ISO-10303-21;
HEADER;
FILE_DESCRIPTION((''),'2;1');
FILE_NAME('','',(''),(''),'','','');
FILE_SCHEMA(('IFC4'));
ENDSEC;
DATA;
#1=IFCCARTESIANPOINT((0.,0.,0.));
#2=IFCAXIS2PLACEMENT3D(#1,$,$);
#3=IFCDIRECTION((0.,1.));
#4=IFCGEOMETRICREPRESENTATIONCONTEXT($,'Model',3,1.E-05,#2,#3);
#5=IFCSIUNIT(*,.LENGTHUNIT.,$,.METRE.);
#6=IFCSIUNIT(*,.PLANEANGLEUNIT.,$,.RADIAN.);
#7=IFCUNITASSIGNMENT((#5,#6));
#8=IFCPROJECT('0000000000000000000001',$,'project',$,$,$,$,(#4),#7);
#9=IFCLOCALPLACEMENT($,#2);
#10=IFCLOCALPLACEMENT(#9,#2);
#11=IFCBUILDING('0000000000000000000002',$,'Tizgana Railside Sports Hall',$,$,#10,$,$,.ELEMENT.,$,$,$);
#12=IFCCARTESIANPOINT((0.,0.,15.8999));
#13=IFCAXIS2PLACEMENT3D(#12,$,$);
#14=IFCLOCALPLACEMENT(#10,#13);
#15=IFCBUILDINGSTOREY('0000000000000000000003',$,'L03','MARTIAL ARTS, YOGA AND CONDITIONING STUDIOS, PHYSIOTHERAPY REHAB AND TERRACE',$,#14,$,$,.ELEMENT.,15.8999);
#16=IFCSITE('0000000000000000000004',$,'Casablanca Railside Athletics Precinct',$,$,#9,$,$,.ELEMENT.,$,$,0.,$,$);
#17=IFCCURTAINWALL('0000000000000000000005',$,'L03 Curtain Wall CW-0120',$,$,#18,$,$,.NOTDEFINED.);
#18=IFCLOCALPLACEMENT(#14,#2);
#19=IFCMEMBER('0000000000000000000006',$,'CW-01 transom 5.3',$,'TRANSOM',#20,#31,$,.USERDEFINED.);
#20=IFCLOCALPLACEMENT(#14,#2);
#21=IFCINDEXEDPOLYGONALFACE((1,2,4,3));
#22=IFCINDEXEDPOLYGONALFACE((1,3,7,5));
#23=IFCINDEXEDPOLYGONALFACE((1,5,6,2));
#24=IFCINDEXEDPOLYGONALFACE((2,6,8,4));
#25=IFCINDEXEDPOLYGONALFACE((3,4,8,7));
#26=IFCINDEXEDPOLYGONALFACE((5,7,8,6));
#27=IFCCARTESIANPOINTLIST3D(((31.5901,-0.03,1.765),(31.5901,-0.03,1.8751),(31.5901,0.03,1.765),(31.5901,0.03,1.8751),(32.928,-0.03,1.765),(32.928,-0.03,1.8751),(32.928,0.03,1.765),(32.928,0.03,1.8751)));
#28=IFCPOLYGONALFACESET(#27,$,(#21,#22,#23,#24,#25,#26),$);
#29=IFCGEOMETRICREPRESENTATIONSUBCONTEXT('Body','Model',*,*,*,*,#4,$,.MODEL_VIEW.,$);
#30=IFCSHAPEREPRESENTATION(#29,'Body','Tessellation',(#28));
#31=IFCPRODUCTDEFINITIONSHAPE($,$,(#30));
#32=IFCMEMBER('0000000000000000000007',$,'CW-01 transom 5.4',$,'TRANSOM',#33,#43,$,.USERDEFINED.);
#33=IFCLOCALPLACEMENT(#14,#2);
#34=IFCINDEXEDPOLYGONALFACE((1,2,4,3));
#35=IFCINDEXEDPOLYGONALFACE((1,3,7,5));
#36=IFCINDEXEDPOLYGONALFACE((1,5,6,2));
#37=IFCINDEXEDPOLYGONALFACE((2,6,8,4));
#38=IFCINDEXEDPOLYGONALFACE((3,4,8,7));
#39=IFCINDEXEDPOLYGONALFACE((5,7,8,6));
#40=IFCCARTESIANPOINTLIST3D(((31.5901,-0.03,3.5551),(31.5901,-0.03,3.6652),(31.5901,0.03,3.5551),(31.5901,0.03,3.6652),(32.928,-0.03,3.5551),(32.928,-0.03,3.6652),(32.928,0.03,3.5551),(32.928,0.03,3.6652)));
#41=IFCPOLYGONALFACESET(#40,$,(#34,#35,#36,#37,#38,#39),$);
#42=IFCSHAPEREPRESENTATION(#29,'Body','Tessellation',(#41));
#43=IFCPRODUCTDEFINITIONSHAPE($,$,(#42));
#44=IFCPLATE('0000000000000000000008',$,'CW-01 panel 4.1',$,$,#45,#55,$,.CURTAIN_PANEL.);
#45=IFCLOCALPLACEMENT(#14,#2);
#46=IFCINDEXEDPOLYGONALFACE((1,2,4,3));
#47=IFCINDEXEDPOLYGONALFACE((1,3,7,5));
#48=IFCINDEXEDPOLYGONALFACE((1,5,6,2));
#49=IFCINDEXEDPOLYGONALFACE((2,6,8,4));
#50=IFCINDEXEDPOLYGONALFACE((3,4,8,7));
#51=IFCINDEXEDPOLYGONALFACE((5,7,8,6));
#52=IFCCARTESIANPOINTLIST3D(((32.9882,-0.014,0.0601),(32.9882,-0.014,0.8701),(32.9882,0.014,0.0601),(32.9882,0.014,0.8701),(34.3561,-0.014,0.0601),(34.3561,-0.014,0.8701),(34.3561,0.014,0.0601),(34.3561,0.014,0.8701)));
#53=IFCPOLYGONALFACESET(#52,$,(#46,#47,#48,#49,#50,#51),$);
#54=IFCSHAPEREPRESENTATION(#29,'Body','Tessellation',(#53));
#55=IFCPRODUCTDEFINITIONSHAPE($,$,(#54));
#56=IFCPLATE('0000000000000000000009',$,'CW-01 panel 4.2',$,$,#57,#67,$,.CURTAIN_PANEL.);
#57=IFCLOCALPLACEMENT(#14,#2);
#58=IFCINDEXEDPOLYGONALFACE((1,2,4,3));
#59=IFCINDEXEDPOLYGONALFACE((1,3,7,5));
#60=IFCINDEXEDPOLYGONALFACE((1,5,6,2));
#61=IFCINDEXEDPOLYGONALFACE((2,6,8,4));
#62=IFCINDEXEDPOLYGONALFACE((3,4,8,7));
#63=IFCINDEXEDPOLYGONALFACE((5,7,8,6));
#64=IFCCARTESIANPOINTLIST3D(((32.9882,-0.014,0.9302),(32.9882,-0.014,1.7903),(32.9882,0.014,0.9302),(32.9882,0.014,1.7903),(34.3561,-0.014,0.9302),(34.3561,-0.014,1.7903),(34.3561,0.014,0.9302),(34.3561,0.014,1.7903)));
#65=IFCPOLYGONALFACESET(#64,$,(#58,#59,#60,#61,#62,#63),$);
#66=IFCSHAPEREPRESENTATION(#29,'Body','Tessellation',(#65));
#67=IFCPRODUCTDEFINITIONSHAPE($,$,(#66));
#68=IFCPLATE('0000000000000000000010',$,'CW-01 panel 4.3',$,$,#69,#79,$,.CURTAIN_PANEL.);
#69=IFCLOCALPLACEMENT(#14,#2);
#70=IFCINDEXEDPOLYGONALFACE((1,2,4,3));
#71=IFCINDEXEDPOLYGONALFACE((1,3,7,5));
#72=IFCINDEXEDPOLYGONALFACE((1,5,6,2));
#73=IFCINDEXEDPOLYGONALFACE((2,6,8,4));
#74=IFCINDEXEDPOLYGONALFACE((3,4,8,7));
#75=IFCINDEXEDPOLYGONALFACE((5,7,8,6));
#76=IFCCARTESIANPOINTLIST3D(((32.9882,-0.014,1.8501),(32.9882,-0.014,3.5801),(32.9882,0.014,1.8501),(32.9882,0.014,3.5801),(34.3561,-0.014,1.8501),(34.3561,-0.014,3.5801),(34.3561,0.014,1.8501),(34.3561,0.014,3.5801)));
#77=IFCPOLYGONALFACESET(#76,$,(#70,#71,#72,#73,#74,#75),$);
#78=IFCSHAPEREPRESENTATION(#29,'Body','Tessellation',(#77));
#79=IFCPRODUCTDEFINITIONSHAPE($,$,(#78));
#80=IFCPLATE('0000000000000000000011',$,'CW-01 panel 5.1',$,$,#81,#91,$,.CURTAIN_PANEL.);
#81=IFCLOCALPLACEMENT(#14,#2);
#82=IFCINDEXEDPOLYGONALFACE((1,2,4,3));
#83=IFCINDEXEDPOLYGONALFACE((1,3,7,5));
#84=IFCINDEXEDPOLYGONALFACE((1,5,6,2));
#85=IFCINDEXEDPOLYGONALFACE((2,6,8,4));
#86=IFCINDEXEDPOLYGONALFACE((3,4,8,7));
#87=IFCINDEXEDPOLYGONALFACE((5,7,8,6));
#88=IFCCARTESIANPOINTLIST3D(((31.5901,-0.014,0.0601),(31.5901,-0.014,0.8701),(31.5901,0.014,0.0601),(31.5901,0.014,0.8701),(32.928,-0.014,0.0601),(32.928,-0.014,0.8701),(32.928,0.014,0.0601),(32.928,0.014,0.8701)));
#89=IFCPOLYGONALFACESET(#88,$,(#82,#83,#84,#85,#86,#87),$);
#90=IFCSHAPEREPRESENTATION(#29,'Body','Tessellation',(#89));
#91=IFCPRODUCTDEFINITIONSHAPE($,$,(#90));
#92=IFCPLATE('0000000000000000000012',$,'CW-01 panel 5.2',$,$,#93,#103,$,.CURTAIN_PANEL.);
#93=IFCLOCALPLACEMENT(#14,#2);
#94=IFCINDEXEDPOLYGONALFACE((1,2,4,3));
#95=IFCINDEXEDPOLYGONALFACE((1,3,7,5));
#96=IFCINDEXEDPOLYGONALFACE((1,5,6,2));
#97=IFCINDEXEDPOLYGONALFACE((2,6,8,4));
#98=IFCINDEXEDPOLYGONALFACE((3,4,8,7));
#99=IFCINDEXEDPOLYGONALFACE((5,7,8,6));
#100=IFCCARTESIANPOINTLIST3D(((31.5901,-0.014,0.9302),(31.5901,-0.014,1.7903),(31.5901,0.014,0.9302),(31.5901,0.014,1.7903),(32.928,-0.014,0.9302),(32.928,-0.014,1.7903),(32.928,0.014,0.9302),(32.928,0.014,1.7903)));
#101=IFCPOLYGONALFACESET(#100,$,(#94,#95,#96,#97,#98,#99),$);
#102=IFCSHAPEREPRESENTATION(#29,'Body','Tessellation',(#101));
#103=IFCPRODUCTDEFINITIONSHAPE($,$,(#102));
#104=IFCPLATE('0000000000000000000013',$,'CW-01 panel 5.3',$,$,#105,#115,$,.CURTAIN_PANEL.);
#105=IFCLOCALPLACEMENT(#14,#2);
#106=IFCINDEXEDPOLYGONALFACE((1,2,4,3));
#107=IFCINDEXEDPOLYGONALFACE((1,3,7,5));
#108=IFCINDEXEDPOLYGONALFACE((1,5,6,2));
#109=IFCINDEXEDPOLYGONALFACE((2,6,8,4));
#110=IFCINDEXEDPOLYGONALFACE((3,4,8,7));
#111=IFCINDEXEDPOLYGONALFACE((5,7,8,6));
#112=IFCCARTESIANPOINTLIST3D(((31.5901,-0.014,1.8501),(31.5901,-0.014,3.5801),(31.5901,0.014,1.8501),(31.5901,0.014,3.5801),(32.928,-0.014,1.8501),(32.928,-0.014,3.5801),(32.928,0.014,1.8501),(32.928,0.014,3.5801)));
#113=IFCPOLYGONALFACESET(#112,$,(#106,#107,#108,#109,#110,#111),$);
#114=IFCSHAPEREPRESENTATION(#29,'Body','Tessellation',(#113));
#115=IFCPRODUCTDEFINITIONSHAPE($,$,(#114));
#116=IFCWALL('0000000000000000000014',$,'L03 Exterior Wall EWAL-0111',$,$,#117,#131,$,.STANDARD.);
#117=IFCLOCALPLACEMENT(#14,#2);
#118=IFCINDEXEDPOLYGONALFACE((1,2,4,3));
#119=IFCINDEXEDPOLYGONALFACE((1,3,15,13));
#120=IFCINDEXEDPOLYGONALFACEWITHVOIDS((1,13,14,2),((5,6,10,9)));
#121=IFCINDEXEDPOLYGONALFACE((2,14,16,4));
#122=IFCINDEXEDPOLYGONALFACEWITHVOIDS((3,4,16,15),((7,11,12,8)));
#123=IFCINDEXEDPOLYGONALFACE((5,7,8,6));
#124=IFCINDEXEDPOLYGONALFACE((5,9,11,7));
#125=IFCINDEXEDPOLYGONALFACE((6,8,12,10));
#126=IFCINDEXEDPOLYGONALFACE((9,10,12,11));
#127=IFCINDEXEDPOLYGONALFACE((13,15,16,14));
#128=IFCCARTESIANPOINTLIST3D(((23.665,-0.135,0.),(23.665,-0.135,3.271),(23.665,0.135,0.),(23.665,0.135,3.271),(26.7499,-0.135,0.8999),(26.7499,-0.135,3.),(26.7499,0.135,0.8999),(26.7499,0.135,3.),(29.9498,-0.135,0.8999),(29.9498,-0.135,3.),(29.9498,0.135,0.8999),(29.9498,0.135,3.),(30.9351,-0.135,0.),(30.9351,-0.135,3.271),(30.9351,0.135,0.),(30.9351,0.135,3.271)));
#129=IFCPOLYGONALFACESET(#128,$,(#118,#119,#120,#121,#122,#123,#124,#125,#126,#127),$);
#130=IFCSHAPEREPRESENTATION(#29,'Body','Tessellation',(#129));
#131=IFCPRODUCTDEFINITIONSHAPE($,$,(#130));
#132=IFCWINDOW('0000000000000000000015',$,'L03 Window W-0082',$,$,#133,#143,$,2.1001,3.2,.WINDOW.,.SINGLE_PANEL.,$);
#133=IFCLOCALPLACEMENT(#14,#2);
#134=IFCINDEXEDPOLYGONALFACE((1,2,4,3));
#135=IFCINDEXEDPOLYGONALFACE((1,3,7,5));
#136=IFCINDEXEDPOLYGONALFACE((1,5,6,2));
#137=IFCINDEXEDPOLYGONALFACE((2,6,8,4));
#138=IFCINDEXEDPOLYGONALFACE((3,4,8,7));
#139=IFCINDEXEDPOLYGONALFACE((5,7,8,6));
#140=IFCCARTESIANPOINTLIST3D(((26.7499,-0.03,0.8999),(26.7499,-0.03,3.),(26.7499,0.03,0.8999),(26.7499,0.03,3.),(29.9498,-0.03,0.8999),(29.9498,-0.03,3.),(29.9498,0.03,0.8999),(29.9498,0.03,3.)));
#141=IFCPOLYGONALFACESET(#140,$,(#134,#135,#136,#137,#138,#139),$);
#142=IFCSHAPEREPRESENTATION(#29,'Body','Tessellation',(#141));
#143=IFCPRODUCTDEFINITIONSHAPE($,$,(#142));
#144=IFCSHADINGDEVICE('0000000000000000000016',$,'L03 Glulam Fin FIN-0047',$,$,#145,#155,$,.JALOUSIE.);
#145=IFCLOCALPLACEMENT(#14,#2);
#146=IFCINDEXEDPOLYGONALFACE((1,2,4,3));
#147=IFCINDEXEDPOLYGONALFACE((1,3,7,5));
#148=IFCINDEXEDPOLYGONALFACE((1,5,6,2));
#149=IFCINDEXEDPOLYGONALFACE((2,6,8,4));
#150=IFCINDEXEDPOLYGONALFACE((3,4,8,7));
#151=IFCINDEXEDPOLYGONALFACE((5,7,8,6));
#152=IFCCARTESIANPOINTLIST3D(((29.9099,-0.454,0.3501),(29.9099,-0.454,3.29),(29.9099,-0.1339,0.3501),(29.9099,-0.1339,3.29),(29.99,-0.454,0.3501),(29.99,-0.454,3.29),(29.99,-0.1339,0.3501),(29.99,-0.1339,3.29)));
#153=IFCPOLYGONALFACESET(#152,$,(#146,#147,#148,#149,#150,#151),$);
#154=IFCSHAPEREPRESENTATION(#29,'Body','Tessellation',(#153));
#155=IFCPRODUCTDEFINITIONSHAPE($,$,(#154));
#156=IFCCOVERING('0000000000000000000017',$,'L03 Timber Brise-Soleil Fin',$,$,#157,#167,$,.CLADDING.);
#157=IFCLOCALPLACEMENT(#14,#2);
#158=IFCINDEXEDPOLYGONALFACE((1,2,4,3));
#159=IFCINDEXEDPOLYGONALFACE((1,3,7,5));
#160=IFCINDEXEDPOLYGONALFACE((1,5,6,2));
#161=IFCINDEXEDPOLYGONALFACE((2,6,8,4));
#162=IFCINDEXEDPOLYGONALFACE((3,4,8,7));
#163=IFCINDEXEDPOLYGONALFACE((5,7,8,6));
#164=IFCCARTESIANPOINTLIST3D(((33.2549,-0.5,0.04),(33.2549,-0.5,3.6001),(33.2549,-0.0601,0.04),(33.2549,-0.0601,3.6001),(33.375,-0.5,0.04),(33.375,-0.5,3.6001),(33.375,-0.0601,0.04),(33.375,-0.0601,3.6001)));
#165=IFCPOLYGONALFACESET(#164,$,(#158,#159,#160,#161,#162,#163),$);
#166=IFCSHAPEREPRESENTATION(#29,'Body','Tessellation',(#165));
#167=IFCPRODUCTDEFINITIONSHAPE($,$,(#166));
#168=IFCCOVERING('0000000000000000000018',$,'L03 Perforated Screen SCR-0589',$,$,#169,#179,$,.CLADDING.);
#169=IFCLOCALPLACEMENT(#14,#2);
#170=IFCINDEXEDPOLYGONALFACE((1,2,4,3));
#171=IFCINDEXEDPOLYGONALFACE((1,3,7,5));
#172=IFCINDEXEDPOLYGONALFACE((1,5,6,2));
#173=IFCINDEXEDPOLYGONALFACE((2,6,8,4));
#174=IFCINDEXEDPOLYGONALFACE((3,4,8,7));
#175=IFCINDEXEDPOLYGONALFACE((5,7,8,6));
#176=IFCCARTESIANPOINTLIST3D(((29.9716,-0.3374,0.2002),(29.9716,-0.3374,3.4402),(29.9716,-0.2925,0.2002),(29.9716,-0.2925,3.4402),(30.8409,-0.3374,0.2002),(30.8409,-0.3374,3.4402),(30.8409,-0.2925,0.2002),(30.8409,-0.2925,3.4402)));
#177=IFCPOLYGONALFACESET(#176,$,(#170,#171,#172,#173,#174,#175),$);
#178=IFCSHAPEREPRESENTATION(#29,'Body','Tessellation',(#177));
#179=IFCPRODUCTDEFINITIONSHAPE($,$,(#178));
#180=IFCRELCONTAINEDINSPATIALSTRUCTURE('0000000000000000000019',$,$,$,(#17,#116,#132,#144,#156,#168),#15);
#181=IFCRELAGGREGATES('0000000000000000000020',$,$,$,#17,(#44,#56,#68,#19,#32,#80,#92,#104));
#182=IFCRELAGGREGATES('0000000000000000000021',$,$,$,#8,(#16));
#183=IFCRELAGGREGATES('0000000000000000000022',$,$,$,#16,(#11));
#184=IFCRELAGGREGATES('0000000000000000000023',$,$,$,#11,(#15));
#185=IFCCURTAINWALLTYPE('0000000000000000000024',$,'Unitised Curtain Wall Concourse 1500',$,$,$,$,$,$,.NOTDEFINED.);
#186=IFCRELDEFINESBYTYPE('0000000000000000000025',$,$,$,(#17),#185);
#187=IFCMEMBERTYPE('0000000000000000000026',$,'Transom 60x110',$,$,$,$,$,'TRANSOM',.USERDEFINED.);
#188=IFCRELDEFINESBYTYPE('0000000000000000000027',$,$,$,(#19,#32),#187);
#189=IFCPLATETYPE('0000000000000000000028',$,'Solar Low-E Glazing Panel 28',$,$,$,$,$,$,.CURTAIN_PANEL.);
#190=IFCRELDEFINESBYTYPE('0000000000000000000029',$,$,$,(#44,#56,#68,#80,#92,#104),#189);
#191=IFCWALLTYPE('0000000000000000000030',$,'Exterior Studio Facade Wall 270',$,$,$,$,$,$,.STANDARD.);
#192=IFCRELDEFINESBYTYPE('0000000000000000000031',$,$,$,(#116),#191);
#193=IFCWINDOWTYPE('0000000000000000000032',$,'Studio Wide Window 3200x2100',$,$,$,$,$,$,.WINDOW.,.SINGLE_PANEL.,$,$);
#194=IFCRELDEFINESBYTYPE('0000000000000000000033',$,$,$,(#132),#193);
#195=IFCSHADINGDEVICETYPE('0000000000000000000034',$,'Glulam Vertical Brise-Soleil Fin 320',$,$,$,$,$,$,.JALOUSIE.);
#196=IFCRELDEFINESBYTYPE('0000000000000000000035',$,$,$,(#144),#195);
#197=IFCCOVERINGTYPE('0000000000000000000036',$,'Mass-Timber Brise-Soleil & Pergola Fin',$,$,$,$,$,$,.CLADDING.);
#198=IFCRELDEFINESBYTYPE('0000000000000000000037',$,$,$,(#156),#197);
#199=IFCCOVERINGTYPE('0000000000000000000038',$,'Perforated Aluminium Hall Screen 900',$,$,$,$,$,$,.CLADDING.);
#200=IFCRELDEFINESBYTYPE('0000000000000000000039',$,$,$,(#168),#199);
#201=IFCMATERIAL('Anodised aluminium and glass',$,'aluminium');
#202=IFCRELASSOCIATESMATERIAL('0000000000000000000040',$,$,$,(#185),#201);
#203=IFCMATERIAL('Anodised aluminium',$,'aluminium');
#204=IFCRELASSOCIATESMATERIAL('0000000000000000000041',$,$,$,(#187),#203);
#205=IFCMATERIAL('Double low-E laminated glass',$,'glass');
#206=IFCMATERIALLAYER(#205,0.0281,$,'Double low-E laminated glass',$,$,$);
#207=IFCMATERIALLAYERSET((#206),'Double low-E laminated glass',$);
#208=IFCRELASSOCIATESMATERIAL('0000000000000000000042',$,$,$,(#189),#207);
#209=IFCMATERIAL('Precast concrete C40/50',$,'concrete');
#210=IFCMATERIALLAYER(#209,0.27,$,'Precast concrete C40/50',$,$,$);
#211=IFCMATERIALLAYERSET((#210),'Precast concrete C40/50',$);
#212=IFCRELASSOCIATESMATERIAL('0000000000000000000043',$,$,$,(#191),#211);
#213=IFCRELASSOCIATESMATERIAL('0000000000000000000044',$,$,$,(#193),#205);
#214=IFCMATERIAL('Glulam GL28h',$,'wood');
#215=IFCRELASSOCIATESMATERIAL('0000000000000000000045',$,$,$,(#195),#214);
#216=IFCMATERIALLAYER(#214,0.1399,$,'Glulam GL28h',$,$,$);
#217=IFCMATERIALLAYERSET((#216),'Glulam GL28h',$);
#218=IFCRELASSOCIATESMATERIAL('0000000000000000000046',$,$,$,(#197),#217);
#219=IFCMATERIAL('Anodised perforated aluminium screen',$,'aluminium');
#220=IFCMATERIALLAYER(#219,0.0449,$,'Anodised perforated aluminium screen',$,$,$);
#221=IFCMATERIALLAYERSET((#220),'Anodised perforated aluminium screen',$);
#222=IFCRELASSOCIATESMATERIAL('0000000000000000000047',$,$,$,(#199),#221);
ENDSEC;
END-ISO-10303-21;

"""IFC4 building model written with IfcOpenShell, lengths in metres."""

from ifc_helpers import new_model, si_unit, direction, frame, frame_2d, origin, origin_2d, place, context, subcontext, project, spatial, rectangle, extrude, material, layer, layer_set, material_profile, profile_set, type_object, element, fill, aggregate, save


model = new_model("IFC4")

# Units and contexts
model_context = context("Model", 3, precision=1e-05, world=origin(), true_north=direction((0.0, 1.0)))
body_context = subcontext(model_context, "Body", "Model", "MODEL_VIEW")
ifc_project = project(units=[si_unit("LENGTHUNIT", "METRE"), si_unit("PLANEANGLEUNIT", "RADIAN")], contexts=[model_context])

# Site, building, storey
site_placement = place(None, origin())
site = spatial("IfcSite", under=ifc_project, at=site_placement, Name="Casablanca Railside Athletics Precinct", CompositionType="ELEMENT", RefElevation=0.0)
building_placement = place(site_placement, origin())
building = spatial("IfcBuilding", under=site, at=building_placement, Name="Tizgana Railside Sports Hall", CompositionType="ELEMENT")
storey_placement = place(building_placement, frame((0.0, 0.0, 15.8999)))
storey = spatial("IfcBuildingStorey", under=building, at=storey_placement, Name="L03", Description="MARTIAL ARTS, YOGA AND CONDITIONING STUDIOS, PHYSIOTHERAPY REHAB AND TERRACE", CompositionType="ELEMENT", Elevation=15.8999)

# Curtain wall
ifc_material_1 = material(Name="Anodised aluminium and glass", Category="aluminium")
curtain_wall_type = type_object("IfcCurtainWallType", Name="Unitised Curtain Wall Concourse 1500", PredefinedType="NOTDEFINED", material=ifc_material_1)
curtain_wall_placement = place(storey_placement, origin())
curtain_wall = element("IfcCurtainWall", 1, at=curtain_wall_placement, inside=storey, type_object=curtain_wall_type, Name="L03 Curtain Wall CW-0120", PredefinedType="NOTDEFINED")
ifc_material_2 = material(Name="Anodised aluminium", Category="aluminium")

# Members
ifc_material_profile_1 = material_profile(ifc_material_2, rectangle(XDim=0.0601, YDim=0.1101, at=origin_2d()), Name="Transom 60x110")
ifc_profile_set_1 = profile_set([ifc_material_profile_1], Name="Anodised aluminium")
member_type_1 = type_object("IfcMemberType", Name="Transom 60x110", ElementType="TRANSOM", PredefinedType="USERDEFINED", material=ifc_profile_set_1)
member_1_placement = place(storey_placement, frame((32.928, 0.0, 1.8201), z_axis=(-1.0, 0.0, 0.0), x_axis=(0.0, -1.0, 0.0)))
member_1 = element("IfcMember", 2, at=member_1_placement, type_object=member_type_1, Name="CW-01 transom 5.3", ObjectType="TRANSOM", PredefinedType="USERDEFINED", context=body_context, shape_type="SweptSolid", body=[
    extrude(rectangle(XDim=0.0601, YDim=0.1101, at=origin_2d()), origin(), (0.0, 0.0, 1.0), 1.3379),
])
member_2_placement = place(storey_placement, frame((32.928, 0.0, 3.6101), z_axis=(-1.0, 0.0, 0.0), x_axis=(0.0, -1.0, 0.0)))
member_2 = element("IfcMember", 3, at=member_2_placement, type_object=member_type_1, Name="CW-01 transom 5.4", ObjectType="TRANSOM", PredefinedType="USERDEFINED", context=body_context, shape_type="SweptSolid", body=[
    extrude(rectangle(XDim=0.0601, YDim=0.1101, at=origin_2d()), origin(), (0.0, 0.0, 1.0), 1.3379),
])

# Plates
ifc_material_3 = material(Name="Double low-E laminated glass", Category="glass")
ifc_layer_1 = layer(ifc_material_3, 0.0281, Name="Double low-E laminated glass")
ifc_layer_set_1 = layer_set([ifc_layer_1], Name="Double low-E laminated glass")
plate_type = type_object("IfcPlateType", Name="Solar Low-E Glazing Panel 28", PredefinedType="CURTAIN_PANEL", material=ifc_layer_set_1)
plate_1_placement = place(storey_placement, frame((33.6721, 0.0, 0.0601), z_axis=(0.0, 0.0, 1.0), x_axis=(-1.0, 0.0, 0.0)))
plate_1 = element("IfcPlate", 4, at=plate_1_placement, type_object=plate_type, Name="CW-01 panel 4.1", PredefinedType="CURTAIN_PANEL", context=body_context, shape_type="SweptSolid", body=[
    extrude(rectangle(XDim=1.3679, YDim=0.0281, at=origin_2d()), origin(), (0.0, 0.0, 1.0), 0.8101),
])
plate_2_placement = place(storey_placement, frame((33.6721, 0.0, 0.9302), z_axis=(0.0, 0.0, 1.0), x_axis=(-1.0, 0.0, 0.0)))
plate_2 = element("IfcPlate", 5, at=plate_2_placement, type_object=plate_type, Name="CW-01 panel 4.2", PredefinedType="CURTAIN_PANEL", context=body_context, shape_type="SweptSolid", body=[
    extrude(rectangle(XDim=1.3679, YDim=0.0281, at=origin_2d()), origin(), (0.0, 0.0, 1.0), 0.8601),
])
plate_3_placement = place(storey_placement, frame((33.6721, 0.0, 1.8501), z_axis=(0.0, 0.0, 1.0), x_axis=(-1.0, 0.0, 0.0)))
plate_3 = element("IfcPlate", 6, at=plate_3_placement, type_object=plate_type, Name="CW-01 panel 4.3", PredefinedType="CURTAIN_PANEL", context=body_context, shape_type="SweptSolid", body=[
    extrude(rectangle(XDim=1.3679, YDim=0.0281, at=origin_2d()), origin(), (0.0, 0.0, 1.0), 1.73),
])
plate_4_placement = place(storey_placement, frame((32.259, 0.0, 0.0601), z_axis=(0.0, 0.0, 1.0), x_axis=(-1.0, 0.0, 0.0)))
plate_4 = element("IfcPlate", 7, at=plate_4_placement, type_object=plate_type, Name="CW-01 panel 5.1", PredefinedType="CURTAIN_PANEL", context=body_context, shape_type="SweptSolid", body=[
    extrude(rectangle(XDim=1.3379, YDim=0.0281, at=origin_2d()), origin(), (0.0, 0.0, 1.0), 0.8101),
])
plate_5_placement = place(storey_placement, frame((32.259, 0.0, 0.9302), z_axis=(0.0, 0.0, 1.0), x_axis=(-1.0, 0.0, 0.0)))
plate_5 = element("IfcPlate", 8, at=plate_5_placement, type_object=plate_type, Name="CW-01 panel 5.2", PredefinedType="CURTAIN_PANEL", context=body_context, shape_type="SweptSolid", body=[
    extrude(rectangle(XDim=1.3379, YDim=0.0281, at=origin_2d()), origin(), (0.0, 0.0, 1.0), 0.8601),
])
plate_6_placement = place(storey_placement, frame((32.259, 0.0, 1.8501), z_axis=(0.0, 0.0, 1.0), x_axis=(-1.0, 0.0, 0.0)))
plate_6 = element("IfcPlate", 9, at=plate_6_placement, type_object=plate_type, Name="CW-01 panel 5.3", PredefinedType="CURTAIN_PANEL", context=body_context, shape_type="SweptSolid", body=[
    extrude(rectangle(XDim=1.3379, YDim=0.0281, at=origin_2d()), origin(), (0.0, 0.0, 1.0), 1.73),
])
aggregate(curtain_wall, [plate_1, plate_2, plate_3, member_1, member_2, plate_4, plate_5, plate_6])

# Wall, opening, window
ifc_material_4 = material(Name="Precast concrete C40/50", Category="concrete")
ifc_layer_2 = layer(ifc_material_4, 0.27, Name="Precast concrete C40/50")
ifc_layer_set_2 = layer_set([ifc_layer_2], Name="Precast concrete C40/50")
wall_type = type_object("IfcWallType", Name="Exterior Studio Facade Wall 270", PredefinedType="STANDARD", material=ifc_layer_set_2)
wall_placement = place(storey_placement, frame((30.9351, 0.0, 0.0), z_axis=(0.0, 0.0, 1.0), x_axis=(-1.0, 0.0, 0.0)))
wall = element("IfcWall", 10, at=wall_placement, inside=storey, type_object=wall_type, Name="L03 Exterior Wall EWAL-0111", PredefinedType="STANDARD", context=body_context, shape_type="SweptSolid", body=[
    extrude(rectangle(XDim=7.27, YDim=0.27, at=frame_2d((3.635, 0.0))), origin(), (0.0, 0.0, 1.0), 3.271),
])
opening_placement = place(wall_placement, frame((0.9851, 0.0, 0.8999)))
opening = element("IfcOpeningElement", 11, at=opening_placement, cuts=wall, PredefinedType="OPENING", context=body_context, shape_type="SweptSolid", body=[
    extrude(rectangle(XDim=3.2, YDim=2.1001, at=frame_2d((1.6001, 1.05))), frame((0.0, 0.145, 0.0), z_axis=(0.0, -1.0, 0.0), x_axis=(1.0, 0.0, 0.0)), (0.0, 0.0, 1.0), 0.29),
])
window_type = type_object("IfcWindowType", Name="Studio Wide Window 3200x2100", PartitioningType="SINGLE_PANEL", PredefinedType="WINDOW", material=ifc_material_3)
window_placement = place(opening_placement, origin())
window = element("IfcWindow", 12, at=window_placement, inside=storey, type_object=window_type, Name="L03 Window W-0082", OverallHeight=2.1001, OverallWidth=3.2, PartitioningType="SINGLE_PANEL", PredefinedType="WINDOW", context=body_context, shape_type="SweptSolid", body=[
    extrude(rectangle(XDim=3.2, YDim=2.1001, at=frame_2d((1.6001, 1.05))), frame((0.0, 0.03, 0.0), z_axis=(0.0, -1.0, 0.0), x_axis=(1.0, 0.0, 0.0)), (0.0, 0.0, 1.0), 0.0601),
])
fill(opening, window)

# Shading device
ifc_material_5 = material(Name="Glulam GL28h", Category="wood")
shading_device_type = type_object("IfcShadingDeviceType", Name="Glulam Vertical Brise-Soleil Fin 320", PredefinedType="JALOUSIE", material=ifc_material_5)
shading_device_placement = place(storey_placement, frame((29.95, -0.2939, 0.3501), z_axis=(0.0, 0.0, 1.0), x_axis=(-1.0, 0.0, 0.0)))
element("IfcShadingDevice", 13, at=shading_device_placement, inside=storey, type_object=shading_device_type, Name="L03 Glulam Fin FIN-0047", PredefinedType="JALOUSIE", context=body_context, shape_type="SweptSolid", body=[
    extrude(rectangle(XDim=0.0801, YDim=0.3201, at=origin_2d()), origin(), (0.0, 0.0, 1.0), 2.9399),
])

# Coverings
ifc_layer_3 = layer(ifc_material_5, 0.1399, Name="Glulam GL28h")
ifc_layer_set_3 = layer_set([ifc_layer_3], Name="Glulam GL28h")
covering_type_1 = type_object("IfcCoveringType", Name="Mass-Timber Brise-Soleil & Pergola Fin", PredefinedType="CLADDING", material=ifc_layer_set_3)
covering_placement = place(storey_placement, frame((33.3149, -0.28, 0.04), z_axis=(0.0, 0.0, 1.0), x_axis=(-1.0, 0.0, 0.0)))
element("IfcCovering", 14, at=covering_placement, inside=storey, type_object=covering_type_1, Name="L03 Timber Brise-Soleil Fin", PredefinedType="CLADDING", context=body_context, shape_type="SweptSolid", body=[
    extrude(rectangle(XDim=0.1201, YDim=0.4399, at=origin_2d()), origin(), (0.0, 0.0, 1.0), 3.5601),
])
ifc_material_6 = material(Name="Anodised perforated aluminium screen", Category="aluminium")
ifc_layer_4 = layer(ifc_material_6, 0.0449, Name="Anodised perforated aluminium screen")
ifc_layer_set_4 = layer_set([ifc_layer_4], Name="Anodised perforated aluminium screen")
covering_type_2 = type_object("IfcCoveringType", Name="Perforated Aluminium Hall Screen 900", PredefinedType="CLADDING", material=ifc_layer_set_4)
for number, where, z_axis, x_axis, name in (
    (15, (30.4062, -0.3149, 0.2002), (0.0, 0.0, 1.0), (-1.0, 0.0, 0.0), "L03 Perforated Screen SCR-0589"),
):
    element("IfcCovering", number, at=place(storey_placement, frame(where, z_axis=z_axis, x_axis=x_axis)), inside=storey, type_object=covering_type_2, Name=name, PredefinedType="CLADDING", context=body_context, shape_type="SweptSolid", body=[
        extrude(rectangle(XDim=0.8694, YDim=0.0449, at=origin_2d()), origin(), (0.0, 0.0, 1.0), 3.24),
    ])

save(model, "model.ifc")
